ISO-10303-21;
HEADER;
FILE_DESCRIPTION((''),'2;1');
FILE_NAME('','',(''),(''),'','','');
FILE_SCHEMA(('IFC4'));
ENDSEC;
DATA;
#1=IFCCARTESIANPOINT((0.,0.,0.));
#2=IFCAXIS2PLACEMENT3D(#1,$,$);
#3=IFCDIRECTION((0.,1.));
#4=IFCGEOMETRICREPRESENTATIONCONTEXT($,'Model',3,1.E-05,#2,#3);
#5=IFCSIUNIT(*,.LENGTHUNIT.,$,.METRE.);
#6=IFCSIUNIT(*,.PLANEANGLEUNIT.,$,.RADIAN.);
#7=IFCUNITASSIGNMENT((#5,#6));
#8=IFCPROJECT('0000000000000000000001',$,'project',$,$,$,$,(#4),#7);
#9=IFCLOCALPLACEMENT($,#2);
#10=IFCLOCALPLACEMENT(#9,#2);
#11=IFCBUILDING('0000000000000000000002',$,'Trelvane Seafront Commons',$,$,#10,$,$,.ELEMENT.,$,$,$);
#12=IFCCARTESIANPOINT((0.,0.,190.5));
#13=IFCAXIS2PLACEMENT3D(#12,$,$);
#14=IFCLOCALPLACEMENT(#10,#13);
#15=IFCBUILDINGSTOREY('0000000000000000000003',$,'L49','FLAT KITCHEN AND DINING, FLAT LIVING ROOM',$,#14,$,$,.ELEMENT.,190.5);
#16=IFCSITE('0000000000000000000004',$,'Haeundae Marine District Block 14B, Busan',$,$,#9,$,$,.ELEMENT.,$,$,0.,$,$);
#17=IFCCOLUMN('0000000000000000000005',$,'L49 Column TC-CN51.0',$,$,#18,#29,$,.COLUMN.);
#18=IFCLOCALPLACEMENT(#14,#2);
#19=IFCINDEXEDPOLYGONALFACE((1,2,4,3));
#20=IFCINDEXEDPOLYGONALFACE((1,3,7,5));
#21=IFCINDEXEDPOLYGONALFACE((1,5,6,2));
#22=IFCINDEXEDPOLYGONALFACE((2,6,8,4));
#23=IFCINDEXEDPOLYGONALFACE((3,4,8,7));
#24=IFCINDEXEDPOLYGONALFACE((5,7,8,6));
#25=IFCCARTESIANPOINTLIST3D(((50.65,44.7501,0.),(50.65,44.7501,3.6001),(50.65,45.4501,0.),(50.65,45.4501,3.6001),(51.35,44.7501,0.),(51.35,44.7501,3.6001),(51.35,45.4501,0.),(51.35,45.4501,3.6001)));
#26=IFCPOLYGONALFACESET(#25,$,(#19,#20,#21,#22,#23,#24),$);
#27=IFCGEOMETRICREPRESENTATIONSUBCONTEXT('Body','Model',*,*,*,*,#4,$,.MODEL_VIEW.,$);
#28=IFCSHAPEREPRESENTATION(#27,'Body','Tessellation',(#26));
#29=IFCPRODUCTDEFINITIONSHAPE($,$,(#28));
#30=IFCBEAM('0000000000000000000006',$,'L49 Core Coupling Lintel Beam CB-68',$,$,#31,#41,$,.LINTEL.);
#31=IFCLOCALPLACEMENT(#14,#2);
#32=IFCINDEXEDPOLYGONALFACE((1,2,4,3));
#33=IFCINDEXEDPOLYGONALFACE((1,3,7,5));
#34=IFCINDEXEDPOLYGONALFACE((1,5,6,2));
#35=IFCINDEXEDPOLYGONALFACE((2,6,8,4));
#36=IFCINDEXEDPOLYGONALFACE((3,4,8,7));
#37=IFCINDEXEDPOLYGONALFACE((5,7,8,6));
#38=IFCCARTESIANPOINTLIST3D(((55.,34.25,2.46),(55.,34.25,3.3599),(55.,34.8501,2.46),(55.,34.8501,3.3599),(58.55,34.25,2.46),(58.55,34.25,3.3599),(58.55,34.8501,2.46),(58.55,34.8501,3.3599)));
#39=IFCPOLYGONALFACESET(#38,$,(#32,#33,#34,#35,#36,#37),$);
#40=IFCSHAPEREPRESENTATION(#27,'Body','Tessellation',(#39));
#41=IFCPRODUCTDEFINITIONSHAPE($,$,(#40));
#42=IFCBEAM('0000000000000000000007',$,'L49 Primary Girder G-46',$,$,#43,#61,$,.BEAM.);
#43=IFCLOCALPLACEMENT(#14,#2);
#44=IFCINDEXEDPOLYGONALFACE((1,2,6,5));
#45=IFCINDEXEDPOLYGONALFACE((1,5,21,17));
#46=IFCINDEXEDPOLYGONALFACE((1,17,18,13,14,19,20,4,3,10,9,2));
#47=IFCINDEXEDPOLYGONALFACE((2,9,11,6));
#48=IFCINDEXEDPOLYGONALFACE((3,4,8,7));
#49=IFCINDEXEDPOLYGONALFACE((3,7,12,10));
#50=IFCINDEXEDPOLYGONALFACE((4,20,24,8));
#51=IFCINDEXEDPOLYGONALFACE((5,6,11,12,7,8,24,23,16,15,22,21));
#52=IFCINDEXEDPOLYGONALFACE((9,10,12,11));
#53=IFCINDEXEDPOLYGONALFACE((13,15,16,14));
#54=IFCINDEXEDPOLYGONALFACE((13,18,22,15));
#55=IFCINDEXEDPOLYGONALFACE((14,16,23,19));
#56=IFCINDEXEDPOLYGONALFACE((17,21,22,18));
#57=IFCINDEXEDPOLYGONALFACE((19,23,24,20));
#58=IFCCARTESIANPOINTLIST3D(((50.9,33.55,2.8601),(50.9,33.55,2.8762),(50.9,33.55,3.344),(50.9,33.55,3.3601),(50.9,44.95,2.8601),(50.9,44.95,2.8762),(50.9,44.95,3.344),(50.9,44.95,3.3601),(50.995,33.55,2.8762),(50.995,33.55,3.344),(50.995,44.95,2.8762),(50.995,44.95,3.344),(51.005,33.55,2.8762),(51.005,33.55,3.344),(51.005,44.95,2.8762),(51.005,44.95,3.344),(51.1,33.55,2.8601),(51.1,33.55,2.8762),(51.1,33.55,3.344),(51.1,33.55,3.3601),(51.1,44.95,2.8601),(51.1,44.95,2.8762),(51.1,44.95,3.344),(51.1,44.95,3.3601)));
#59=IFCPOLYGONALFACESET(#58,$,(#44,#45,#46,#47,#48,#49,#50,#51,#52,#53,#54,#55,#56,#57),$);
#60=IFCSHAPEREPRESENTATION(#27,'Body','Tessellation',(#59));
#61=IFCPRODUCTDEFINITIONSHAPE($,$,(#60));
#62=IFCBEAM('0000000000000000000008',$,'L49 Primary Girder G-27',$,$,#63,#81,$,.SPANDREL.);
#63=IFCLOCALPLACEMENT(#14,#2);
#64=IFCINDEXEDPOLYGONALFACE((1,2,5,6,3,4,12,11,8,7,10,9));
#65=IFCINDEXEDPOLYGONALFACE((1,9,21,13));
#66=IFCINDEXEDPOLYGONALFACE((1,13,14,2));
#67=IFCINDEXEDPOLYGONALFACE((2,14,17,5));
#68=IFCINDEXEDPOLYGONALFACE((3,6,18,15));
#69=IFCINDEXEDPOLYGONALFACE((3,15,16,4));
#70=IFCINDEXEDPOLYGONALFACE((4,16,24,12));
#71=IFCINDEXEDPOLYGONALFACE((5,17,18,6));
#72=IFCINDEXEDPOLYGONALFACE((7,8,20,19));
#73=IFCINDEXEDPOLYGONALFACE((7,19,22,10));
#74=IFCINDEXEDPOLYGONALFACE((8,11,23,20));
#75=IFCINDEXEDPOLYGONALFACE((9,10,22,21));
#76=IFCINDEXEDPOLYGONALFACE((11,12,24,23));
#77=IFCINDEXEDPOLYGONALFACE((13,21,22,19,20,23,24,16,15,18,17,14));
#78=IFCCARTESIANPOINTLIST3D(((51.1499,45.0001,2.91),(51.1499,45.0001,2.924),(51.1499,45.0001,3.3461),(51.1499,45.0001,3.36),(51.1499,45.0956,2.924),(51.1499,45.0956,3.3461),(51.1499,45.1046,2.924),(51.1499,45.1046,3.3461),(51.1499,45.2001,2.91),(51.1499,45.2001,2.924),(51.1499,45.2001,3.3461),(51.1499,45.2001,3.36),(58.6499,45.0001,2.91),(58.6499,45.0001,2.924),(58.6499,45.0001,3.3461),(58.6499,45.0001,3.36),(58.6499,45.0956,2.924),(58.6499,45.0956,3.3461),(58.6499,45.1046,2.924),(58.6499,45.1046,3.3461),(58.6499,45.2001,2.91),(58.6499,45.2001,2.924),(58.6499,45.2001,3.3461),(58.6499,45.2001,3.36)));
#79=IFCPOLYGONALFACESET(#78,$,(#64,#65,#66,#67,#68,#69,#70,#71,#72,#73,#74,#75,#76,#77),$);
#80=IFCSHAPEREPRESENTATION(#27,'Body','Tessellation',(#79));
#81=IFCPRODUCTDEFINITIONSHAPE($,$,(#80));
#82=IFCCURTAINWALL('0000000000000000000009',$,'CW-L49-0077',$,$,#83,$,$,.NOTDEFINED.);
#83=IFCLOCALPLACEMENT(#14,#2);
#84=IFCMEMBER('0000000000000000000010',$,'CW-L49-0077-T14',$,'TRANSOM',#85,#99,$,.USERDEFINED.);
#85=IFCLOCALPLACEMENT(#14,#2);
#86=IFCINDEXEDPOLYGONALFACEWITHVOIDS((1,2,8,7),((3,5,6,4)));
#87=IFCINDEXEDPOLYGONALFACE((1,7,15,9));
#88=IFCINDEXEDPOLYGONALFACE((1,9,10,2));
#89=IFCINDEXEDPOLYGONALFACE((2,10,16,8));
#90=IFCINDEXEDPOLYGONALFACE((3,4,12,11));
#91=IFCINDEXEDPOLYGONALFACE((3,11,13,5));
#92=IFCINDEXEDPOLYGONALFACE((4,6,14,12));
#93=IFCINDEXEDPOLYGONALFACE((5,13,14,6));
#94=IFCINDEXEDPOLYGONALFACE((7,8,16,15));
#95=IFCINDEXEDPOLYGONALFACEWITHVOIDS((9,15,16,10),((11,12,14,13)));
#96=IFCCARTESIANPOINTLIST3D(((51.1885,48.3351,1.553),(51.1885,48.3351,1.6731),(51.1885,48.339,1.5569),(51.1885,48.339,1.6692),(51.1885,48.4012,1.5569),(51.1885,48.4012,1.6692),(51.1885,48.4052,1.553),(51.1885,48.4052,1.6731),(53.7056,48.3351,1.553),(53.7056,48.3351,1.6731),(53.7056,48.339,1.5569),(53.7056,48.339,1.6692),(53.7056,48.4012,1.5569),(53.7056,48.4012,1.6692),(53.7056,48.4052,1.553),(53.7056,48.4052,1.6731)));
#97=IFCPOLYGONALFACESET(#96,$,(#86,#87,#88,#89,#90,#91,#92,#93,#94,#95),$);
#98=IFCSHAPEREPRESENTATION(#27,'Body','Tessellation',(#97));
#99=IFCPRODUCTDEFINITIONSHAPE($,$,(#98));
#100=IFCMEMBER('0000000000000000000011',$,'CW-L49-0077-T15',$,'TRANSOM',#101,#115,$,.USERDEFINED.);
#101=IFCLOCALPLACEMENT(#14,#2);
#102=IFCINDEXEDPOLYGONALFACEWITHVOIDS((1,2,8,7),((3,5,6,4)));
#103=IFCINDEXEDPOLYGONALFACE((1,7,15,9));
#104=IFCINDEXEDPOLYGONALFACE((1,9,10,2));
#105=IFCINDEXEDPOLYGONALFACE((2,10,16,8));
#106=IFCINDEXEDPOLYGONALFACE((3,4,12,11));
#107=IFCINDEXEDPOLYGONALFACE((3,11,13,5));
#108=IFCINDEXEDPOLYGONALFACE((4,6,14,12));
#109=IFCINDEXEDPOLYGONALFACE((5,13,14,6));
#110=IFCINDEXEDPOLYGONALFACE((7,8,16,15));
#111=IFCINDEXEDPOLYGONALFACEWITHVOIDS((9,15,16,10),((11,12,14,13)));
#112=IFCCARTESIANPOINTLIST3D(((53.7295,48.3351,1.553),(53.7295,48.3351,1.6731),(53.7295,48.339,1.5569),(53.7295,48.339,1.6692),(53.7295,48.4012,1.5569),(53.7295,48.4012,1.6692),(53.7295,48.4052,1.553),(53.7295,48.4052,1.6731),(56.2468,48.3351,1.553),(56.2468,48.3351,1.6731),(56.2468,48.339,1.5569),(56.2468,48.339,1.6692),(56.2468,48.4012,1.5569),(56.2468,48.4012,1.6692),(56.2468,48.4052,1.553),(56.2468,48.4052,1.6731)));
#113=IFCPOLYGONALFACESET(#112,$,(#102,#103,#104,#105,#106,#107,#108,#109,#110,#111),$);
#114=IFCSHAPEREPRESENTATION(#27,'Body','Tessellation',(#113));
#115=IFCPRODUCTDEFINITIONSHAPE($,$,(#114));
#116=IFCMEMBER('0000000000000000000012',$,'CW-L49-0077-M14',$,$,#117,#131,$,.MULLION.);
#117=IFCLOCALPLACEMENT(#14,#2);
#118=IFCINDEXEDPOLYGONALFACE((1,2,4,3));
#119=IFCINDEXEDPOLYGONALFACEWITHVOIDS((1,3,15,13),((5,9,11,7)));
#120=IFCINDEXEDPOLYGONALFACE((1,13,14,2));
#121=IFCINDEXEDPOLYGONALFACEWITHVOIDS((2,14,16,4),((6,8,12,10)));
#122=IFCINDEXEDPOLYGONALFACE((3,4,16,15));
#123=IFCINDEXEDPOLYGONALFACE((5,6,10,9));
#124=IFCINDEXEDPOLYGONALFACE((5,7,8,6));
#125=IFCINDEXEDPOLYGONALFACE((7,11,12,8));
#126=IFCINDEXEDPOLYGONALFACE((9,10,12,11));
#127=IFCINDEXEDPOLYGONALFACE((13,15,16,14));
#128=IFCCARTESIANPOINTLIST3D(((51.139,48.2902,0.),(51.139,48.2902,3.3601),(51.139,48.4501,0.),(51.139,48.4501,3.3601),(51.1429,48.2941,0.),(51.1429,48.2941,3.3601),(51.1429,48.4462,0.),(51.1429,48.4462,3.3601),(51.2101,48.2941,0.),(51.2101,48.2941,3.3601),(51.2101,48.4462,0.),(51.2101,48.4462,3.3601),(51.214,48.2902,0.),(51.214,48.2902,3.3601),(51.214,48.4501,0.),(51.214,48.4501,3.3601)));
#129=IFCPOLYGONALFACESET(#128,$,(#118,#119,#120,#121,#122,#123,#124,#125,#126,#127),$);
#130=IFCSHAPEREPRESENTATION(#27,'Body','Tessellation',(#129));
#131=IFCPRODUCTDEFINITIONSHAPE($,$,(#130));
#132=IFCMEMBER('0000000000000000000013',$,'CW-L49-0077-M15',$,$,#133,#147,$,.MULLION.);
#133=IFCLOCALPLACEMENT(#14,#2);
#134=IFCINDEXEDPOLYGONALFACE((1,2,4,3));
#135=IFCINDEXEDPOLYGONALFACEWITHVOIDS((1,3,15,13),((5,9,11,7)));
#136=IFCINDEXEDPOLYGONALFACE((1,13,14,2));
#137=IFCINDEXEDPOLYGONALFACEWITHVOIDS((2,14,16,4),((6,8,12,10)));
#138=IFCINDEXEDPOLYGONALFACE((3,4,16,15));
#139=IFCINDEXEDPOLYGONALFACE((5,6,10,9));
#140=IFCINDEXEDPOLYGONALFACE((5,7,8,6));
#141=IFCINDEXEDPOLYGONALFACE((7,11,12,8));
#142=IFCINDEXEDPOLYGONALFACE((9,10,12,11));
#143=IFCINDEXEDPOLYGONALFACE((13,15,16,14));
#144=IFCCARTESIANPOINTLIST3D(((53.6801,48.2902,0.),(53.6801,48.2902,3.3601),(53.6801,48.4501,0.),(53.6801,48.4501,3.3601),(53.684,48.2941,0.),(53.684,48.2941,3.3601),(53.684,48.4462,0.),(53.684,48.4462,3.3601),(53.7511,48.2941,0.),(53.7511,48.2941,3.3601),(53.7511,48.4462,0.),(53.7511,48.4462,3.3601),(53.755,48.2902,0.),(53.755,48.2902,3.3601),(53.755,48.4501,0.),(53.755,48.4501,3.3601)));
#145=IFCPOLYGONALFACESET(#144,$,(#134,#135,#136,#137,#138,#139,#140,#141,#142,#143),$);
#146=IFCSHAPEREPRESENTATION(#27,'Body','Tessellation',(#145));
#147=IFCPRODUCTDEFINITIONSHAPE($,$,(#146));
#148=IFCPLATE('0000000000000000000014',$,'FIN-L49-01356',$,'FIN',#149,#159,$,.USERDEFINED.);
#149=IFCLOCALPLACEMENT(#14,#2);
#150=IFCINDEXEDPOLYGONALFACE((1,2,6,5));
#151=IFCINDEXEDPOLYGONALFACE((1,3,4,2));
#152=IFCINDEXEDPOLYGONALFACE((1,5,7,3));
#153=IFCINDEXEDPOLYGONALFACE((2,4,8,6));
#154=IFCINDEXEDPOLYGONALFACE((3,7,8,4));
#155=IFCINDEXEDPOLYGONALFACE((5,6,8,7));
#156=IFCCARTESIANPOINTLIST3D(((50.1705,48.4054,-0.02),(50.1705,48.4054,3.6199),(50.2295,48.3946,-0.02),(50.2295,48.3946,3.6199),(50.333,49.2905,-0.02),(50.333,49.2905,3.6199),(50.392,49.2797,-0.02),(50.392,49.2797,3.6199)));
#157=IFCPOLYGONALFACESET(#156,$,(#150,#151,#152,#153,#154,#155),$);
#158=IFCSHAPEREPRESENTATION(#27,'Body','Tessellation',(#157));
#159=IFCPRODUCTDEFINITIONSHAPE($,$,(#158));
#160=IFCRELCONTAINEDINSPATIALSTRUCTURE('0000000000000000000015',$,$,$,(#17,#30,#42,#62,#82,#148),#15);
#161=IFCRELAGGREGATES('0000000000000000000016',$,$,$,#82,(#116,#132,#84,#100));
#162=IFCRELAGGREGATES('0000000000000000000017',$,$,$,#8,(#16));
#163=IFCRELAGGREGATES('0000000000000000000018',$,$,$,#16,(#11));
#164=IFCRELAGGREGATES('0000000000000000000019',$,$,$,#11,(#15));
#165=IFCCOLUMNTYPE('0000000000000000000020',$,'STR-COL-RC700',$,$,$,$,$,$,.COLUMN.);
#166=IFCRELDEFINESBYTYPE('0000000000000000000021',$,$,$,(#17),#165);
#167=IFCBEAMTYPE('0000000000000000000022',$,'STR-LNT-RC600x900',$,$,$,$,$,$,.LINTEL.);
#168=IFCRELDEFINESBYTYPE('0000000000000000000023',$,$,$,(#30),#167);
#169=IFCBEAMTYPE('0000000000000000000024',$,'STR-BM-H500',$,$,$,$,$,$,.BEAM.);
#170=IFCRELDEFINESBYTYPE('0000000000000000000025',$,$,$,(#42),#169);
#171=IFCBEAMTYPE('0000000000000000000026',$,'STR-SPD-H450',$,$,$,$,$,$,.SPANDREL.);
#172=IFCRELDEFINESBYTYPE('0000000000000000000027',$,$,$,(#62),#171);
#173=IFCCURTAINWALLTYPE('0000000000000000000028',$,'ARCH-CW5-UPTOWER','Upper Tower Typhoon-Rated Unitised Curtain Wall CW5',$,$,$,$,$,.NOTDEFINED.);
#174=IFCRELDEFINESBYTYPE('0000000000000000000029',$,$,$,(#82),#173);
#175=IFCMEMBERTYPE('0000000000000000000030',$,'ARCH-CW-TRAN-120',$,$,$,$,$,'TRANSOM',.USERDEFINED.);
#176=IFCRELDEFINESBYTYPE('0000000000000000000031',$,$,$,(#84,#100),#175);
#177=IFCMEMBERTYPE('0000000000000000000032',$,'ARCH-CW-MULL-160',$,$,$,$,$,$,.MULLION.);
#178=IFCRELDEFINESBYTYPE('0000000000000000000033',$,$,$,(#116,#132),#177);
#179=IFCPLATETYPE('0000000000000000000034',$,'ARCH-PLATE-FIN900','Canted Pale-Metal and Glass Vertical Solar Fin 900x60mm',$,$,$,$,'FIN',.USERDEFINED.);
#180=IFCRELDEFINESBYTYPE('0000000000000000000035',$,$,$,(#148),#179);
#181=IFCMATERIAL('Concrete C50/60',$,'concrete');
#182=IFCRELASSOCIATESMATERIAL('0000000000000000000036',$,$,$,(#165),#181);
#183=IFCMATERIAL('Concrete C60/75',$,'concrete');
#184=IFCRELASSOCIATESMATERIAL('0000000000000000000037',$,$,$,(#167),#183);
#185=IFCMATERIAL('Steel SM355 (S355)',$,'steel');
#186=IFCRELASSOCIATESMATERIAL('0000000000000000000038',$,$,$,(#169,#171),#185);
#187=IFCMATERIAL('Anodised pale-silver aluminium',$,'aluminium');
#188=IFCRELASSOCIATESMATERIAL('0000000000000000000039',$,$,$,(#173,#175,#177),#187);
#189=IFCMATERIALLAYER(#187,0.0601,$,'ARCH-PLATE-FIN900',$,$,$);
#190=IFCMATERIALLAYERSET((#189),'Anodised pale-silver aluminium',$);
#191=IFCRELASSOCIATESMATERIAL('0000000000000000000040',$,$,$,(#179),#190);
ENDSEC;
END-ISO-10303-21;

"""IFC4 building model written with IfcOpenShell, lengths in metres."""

from ifc_helpers import new_model, si_unit, direction, frame, origin, origin_2d, place, context, subcontext, project, spatial, rectangle, hollow_rectangle, i_section, extrude, source, transform, mapped, material, layer, layer_set, material_profile, profile_set, type_object, element, aggregate, save


model = new_model("IFC4")

# Units and contexts
model_context = context("Model", 3, precision=1e-05, world=origin(), true_north=direction((0.0, 1.0)))
body_context = subcontext(model_context, "Body", "Model", "MODEL_VIEW")
ifc_project = project(units=[si_unit("LENGTHUNIT", "METRE"), si_unit("PLANEANGLEUNIT", "RADIAN")], contexts=[model_context])

# Site, building, storey
site_placement = place(None, origin())
site = spatial("IfcSite", under=ifc_project, at=site_placement, Name="Haeundae Marine District Block 14B, Busan", CompositionType="ELEMENT", RefElevation=0.0)
building_placement = place(site_placement, origin())
building = spatial("IfcBuilding", under=site, at=building_placement, Name="Trelvane Seafront Commons", CompositionType="ELEMENT")
storey_placement = place(building_placement, frame((0.0, 0.0, 190.5)))
storey = spatial("IfcBuildingStorey", under=building, at=storey_placement, Name="L49", Description="FLAT KITCHEN AND DINING, FLAT LIVING ROOM", CompositionType="ELEMENT", Elevation=190.5)

# Column
ifc_material_1 = material(Name="Concrete C50/60", Category="concrete")
ifc_material_profile_1 = material_profile(ifc_material_1, rectangle(XDim=0.7, YDim=0.7, at=origin_2d()), Name="RC-700x700")
ifc_profile_set_1 = profile_set([ifc_material_profile_1], Name="Concrete C50/60")
column_type = type_object("IfcColumnType", Name="STR-COL-RC700", PredefinedType="COLUMN", material=ifc_profile_set_1)
shared_shape_1 = source(origin(), body_context, "Body", "SweptSolid", [
    extrude(rectangle(XDim=0.7, YDim=0.7, at=origin_2d()), origin(), (0.0, 0.0, 1.0), 3.6001),
])
column_placement = place(storey_placement, frame((51.0, 45.1001, 0.0), z_axis=(0.0, 0.0, 1.0), x_axis=(1.0, 0.0, 0.0)))
element("IfcColumn", 1, at=column_placement, inside=storey, type_object=column_type, Name="L49 Column TC-CN51.0", PredefinedType="COLUMN", context=body_context, shape_type="MappedRepresentation", body=[
    mapped(shared_shape_1, transform((0.0, 0.0, 0.0), x_axis=(1.0, 0.0, 0.0), y_axis=(0.0, 1.0, 0.0), z_axis=(0.0, 0.0, 1.0), scale=1.0)),
])

# Beams
ifc_material_2 = material(Name="Concrete C60/75", Category="concrete")
ifc_material_profile_2 = material_profile(ifc_material_2, rectangle(XDim=0.6001, YDim=0.8999, at=origin_2d()), Name="RC-600x900")
ifc_profile_set_2 = profile_set([ifc_material_profile_2], Name="Concrete C60/75")
beam_type_1 = type_object("IfcBeamType", Name="STR-LNT-RC600x900", PredefinedType="LINTEL", material=ifc_profile_set_2)
shared_shape_2 = source(origin(), body_context, "Body", "SweptSolid", [
    extrude(rectangle(XDim=0.6001, YDim=0.8999, at=origin_2d()), origin(), (0.0, 0.0, 1.0), 3.55),
])
beam_1_placement = place(storey_placement, frame((55.0, 34.55, 2.9099), z_axis=(1.0, 0.0, 0.0), x_axis=(0.0, 1.0, 0.0)))
element("IfcBeam", 2, at=beam_1_placement, inside=storey, type_object=beam_type_1, Name="L49 Core Coupling Lintel Beam CB-68", PredefinedType="LINTEL", context=body_context, shape_type="MappedRepresentation", body=[
    mapped(shared_shape_2, transform((0.0, 0.0, 0.0), x_axis=(1.0, 0.0, 0.0), y_axis=(0.0, 1.0, 0.0), z_axis=(0.0, 0.0, 1.0), scale=1.0)),
])
ifc_material_3 = material(Name="Steel SM355 (S355)", Category="steel")
ifc_material_profile_3 = material_profile(ifc_material_3, i_section(OverallWidth=0.2, OverallDepth=0.5, WebThickness=0.01, FlangeThickness=0.0161, at=origin_2d()), Name="H-500x200x10x16")
ifc_profile_set_3 = profile_set([ifc_material_profile_3], Name="Steel SM355 (S355)")
beam_type_2 = type_object("IfcBeamType", Name="STR-BM-H500", PredefinedType="BEAM", material=ifc_profile_set_3)
shared_shape_3 = source(origin(), body_context, "Body", "SweptSolid", [
    extrude(i_section(OverallWidth=0.2, OverallDepth=0.5, WebThickness=0.01, FlangeThickness=0.0161, at=origin_2d()), origin(), (0.0, 0.0, 1.0), 11.3999),
])
beam_2_placement = place(storey_placement, frame((51.0, 33.55, 3.1101), z_axis=(0.0, 1.0, 0.0), x_axis=(-1.0, 0.0, 0.0)))
element("IfcBeam", 3, at=beam_2_placement, inside=storey, type_object=beam_type_2, Name="L49 Primary Girder G-46", PredefinedType="BEAM", context=body_context, shape_type="MappedRepresentation", body=[
    mapped(shared_shape_3, transform((0.0, 0.0, 0.0), x_axis=(1.0, 0.0, 0.0), y_axis=(0.0, 1.0, 0.0), z_axis=(0.0, 0.0, 1.0), scale=1.0)),
])
ifc_material_profile_4 = material_profile(ifc_material_3, i_section(OverallWidth=0.2, OverallDepth=0.45, WebThickness=0.009, FlangeThickness=0.0139, at=origin_2d()), Name="H-450x200x9x14")
ifc_profile_set_4 = profile_set([ifc_material_profile_4], Name="Steel SM355 (S355)")
beam_type_3 = type_object("IfcBeamType", Name="STR-SPD-H450", PredefinedType="SPANDREL", material=ifc_profile_set_4)
shared_shape_4 = source(origin(), body_context, "Body", "SweptSolid", [
    extrude(i_section(OverallWidth=0.2, OverallDepth=0.45, WebThickness=0.009, FlangeThickness=0.0139, at=origin_2d()), origin(), (0.0, 0.0, 1.0), 7.5),
])
beam_3_placement = place(storey_placement, frame((51.1499, 45.1001, 3.135), z_axis=(1.0, 0.0, 0.0), x_axis=(0.0, 1.0, 0.0)))
element("IfcBeam", 4, at=beam_3_placement, inside=storey, type_object=beam_type_3, Name="L49 Primary Girder G-27", PredefinedType="SPANDREL", context=body_context, shape_type="MappedRepresentation", body=[
    mapped(shared_shape_4, transform((0.0, 0.0, 0.0), x_axis=(1.0, 0.0, 0.0), y_axis=(0.0, 1.0, 0.0), z_axis=(0.0, 0.0, 1.0), scale=1.0)),
])

# Curtain wall, members
ifc_material_4 = material(Name="Anodised pale-silver aluminium", Category="aluminium")
curtain_wall_type = type_object("IfcCurtainWallType", Name="ARCH-CW5-UPTOWER", Description="Upper Tower Typhoon-Rated Unitised Curtain Wall CW5", PredefinedType="NOTDEFINED", material=ifc_material_4)
curtain_wall_placement = place(storey_placement, origin())
curtain_wall = element("IfcCurtainWall", 5, at=curtain_wall_placement, inside=storey, type_object=curtain_wall_type, Name="CW-L49-0077", PredefinedType="NOTDEFINED")
ifc_material_profile_5 = material_profile(ifc_material_4, hollow_rectangle(XDim=0.0701, YDim=0.1201, WallThickness=0.0039, at=origin_2d()), Name="TRAN-70x120x4")
ifc_profile_set_5 = profile_set([ifc_material_profile_5], Name="Anodised pale-silver aluminium")
member_type_1 = type_object("IfcMemberType", Name="ARCH-CW-TRAN-120", ElementType="TRANSOM", PredefinedType="USERDEFINED", material=ifc_profile_set_5)
shared_shape_5 = source(origin(), body_context, "Body", "SweptSolid", [
    extrude(hollow_rectangle(XDim=0.0701, YDim=0.1201, WallThickness=0.0039, at=origin_2d()), origin(), (0.0, 0.0, 1.0), 2.5171),
])
member_1_placement = place(storey_placement, frame((51.1885, 48.3701, 1.613), z_axis=(1.0, 0.0, 0.0), x_axis=(0.0, 1.0, 0.0)))
member_1 = element("IfcMember", 6, at=member_1_placement, type_object=member_type_1, Name="CW-L49-0077-T14", ObjectType="TRANSOM", PredefinedType="USERDEFINED", context=body_context, shape_type="MappedRepresentation", body=[
    mapped(shared_shape_5, transform((0.0, 0.0, 0.0), x_axis=(1.0, 0.0, 0.0), y_axis=(0.0, 1.0, 0.0), z_axis=(0.0, 0.0, 1.0), scale=1.0)),
])
shared_shape_6 = source(origin(), body_context, "Body", "SweptSolid", [
    extrude(hollow_rectangle(XDim=0.0701, YDim=0.1201, WallThickness=0.0039, at=origin_2d()), origin(), (0.0, 0.0, 1.0), 2.5173),
])
member_2_placement = place(storey_placement, frame((53.7295, 48.3701, 1.613), z_axis=(1.0, 0.0, 0.0), x_axis=(0.0, 1.0, 0.0)))
member_2 = element("IfcMember", 7, at=member_2_placement, type_object=member_type_1, Name="CW-L49-0077-T15", ObjectType="TRANSOM", PredefinedType="USERDEFINED", context=body_context, shape_type="MappedRepresentation", body=[
    mapped(shared_shape_6, transform((0.0, 0.0, 0.0), x_axis=(1.0, 0.0, 0.0), y_axis=(0.0, 1.0, 0.0), z_axis=(0.0, 0.0, 1.0), scale=1.0)),
])
ifc_material_profile_6 = material_profile(ifc_material_4, hollow_rectangle(XDim=0.075, YDim=0.1599, WallThickness=0.0039, at=origin_2d()), Name="MULL-75x160x4")
ifc_profile_set_6 = profile_set([ifc_material_profile_6], Name="Anodised pale-silver aluminium")
member_type_2 = type_object("IfcMemberType", Name="ARCH-CW-MULL-160", PredefinedType="MULLION", material=ifc_profile_set_6)
shared_shape_7 = source(origin(), body_context, "Body", "SweptSolid", [
    extrude(hollow_rectangle(XDim=0.075, YDim=0.1599, WallThickness=0.0039, at=origin_2d()), origin(), (0.0, 0.0, 1.0), 3.3601),
])
member_3_placement = place(storey_placement, frame((51.1765, 48.3701, 0.0), z_axis=(0.0, 0.0, 1.0), x_axis=(1.0, 0.0, 0.0)))
member_3 = element("IfcMember", 8, at=member_3_placement, type_object=member_type_2, Name="CW-L49-0077-M14", PredefinedType="MULLION", context=body_context, shape_type="MappedRepresentation", body=[
    mapped(shared_shape_7, transform((0.0, 0.0, 0.0), x_axis=(1.0, 0.0, 0.0), y_axis=(0.0, 1.0, 0.0), z_axis=(0.0, 0.0, 1.0), scale=1.0)),
])
member_4_placement = place(storey_placement, frame((53.7175, 48.3701, 0.0), z_axis=(0.0, 0.0, 1.0), x_axis=(1.0, 0.0, 0.0)))
member_4 = element("IfcMember", 9, at=member_4_placement, type_object=member_type_2, Name="CW-L49-0077-M15", PredefinedType="MULLION", context=body_context, shape_type="MappedRepresentation", body=[
    mapped(shared_shape_7, transform((0.0, 0.0, 0.0), x_axis=(1.0, 0.0, 0.0), y_axis=(0.0, 1.0, 0.0), z_axis=(0.0, 0.0, 1.0), scale=1.0)),
])

# Plate
ifc_layer_1 = layer(ifc_material_4, 0.0601, Name="ARCH-PLATE-FIN900")
ifc_layer_set_1 = layer_set([ifc_layer_1], Name="Anodised pale-silver aluminium")
plate_type_1 = type_object("IfcPlateType", Name="ARCH-PLATE-FIN900", Description="Canted Pale-Metal and Glass Vertical Solar Fin 900x60mm", ElementType="FIN", PredefinedType="USERDEFINED", material=ifc_layer_set_1)
shared_shape_8 = source(origin(), body_context, "Body", "SweptSolid", [
    extrude(rectangle(XDim=0.8999, YDim=0.0601, at=origin_2d()), origin(), (0.0, 0.0, 1.0), 3.6399),
])
for number, where, z_axis, x_axis, name in (
    (10, (50.2812, 48.8425, -0.02), (0.0, 0.0, 1.0), (0.180557, 0.983565, 0.0), "FIN-L49-01356"),
):
    element("IfcPlate", number, at=place(storey_placement, frame(where, z_axis=z_axis, x_axis=x_axis)), inside=storey, type_object=plate_type_1, Name=name, ObjectType="FIN", PredefinedType="USERDEFINED", context=body_context, shape_type="MappedRepresentation", body=[
        mapped(shared_shape_8, transform((0.0, 0.0, 0.0), x_axis=(1.0, 0.0, 0.0), y_axis=(0.0, 1.0, 0.0), z_axis=(0.0, 0.0, 1.0), scale=1.0)),
    ])

aggregate(curtain_wall, [member_3, member_4, member_1, member_2])

save(model, "model.ifc")
